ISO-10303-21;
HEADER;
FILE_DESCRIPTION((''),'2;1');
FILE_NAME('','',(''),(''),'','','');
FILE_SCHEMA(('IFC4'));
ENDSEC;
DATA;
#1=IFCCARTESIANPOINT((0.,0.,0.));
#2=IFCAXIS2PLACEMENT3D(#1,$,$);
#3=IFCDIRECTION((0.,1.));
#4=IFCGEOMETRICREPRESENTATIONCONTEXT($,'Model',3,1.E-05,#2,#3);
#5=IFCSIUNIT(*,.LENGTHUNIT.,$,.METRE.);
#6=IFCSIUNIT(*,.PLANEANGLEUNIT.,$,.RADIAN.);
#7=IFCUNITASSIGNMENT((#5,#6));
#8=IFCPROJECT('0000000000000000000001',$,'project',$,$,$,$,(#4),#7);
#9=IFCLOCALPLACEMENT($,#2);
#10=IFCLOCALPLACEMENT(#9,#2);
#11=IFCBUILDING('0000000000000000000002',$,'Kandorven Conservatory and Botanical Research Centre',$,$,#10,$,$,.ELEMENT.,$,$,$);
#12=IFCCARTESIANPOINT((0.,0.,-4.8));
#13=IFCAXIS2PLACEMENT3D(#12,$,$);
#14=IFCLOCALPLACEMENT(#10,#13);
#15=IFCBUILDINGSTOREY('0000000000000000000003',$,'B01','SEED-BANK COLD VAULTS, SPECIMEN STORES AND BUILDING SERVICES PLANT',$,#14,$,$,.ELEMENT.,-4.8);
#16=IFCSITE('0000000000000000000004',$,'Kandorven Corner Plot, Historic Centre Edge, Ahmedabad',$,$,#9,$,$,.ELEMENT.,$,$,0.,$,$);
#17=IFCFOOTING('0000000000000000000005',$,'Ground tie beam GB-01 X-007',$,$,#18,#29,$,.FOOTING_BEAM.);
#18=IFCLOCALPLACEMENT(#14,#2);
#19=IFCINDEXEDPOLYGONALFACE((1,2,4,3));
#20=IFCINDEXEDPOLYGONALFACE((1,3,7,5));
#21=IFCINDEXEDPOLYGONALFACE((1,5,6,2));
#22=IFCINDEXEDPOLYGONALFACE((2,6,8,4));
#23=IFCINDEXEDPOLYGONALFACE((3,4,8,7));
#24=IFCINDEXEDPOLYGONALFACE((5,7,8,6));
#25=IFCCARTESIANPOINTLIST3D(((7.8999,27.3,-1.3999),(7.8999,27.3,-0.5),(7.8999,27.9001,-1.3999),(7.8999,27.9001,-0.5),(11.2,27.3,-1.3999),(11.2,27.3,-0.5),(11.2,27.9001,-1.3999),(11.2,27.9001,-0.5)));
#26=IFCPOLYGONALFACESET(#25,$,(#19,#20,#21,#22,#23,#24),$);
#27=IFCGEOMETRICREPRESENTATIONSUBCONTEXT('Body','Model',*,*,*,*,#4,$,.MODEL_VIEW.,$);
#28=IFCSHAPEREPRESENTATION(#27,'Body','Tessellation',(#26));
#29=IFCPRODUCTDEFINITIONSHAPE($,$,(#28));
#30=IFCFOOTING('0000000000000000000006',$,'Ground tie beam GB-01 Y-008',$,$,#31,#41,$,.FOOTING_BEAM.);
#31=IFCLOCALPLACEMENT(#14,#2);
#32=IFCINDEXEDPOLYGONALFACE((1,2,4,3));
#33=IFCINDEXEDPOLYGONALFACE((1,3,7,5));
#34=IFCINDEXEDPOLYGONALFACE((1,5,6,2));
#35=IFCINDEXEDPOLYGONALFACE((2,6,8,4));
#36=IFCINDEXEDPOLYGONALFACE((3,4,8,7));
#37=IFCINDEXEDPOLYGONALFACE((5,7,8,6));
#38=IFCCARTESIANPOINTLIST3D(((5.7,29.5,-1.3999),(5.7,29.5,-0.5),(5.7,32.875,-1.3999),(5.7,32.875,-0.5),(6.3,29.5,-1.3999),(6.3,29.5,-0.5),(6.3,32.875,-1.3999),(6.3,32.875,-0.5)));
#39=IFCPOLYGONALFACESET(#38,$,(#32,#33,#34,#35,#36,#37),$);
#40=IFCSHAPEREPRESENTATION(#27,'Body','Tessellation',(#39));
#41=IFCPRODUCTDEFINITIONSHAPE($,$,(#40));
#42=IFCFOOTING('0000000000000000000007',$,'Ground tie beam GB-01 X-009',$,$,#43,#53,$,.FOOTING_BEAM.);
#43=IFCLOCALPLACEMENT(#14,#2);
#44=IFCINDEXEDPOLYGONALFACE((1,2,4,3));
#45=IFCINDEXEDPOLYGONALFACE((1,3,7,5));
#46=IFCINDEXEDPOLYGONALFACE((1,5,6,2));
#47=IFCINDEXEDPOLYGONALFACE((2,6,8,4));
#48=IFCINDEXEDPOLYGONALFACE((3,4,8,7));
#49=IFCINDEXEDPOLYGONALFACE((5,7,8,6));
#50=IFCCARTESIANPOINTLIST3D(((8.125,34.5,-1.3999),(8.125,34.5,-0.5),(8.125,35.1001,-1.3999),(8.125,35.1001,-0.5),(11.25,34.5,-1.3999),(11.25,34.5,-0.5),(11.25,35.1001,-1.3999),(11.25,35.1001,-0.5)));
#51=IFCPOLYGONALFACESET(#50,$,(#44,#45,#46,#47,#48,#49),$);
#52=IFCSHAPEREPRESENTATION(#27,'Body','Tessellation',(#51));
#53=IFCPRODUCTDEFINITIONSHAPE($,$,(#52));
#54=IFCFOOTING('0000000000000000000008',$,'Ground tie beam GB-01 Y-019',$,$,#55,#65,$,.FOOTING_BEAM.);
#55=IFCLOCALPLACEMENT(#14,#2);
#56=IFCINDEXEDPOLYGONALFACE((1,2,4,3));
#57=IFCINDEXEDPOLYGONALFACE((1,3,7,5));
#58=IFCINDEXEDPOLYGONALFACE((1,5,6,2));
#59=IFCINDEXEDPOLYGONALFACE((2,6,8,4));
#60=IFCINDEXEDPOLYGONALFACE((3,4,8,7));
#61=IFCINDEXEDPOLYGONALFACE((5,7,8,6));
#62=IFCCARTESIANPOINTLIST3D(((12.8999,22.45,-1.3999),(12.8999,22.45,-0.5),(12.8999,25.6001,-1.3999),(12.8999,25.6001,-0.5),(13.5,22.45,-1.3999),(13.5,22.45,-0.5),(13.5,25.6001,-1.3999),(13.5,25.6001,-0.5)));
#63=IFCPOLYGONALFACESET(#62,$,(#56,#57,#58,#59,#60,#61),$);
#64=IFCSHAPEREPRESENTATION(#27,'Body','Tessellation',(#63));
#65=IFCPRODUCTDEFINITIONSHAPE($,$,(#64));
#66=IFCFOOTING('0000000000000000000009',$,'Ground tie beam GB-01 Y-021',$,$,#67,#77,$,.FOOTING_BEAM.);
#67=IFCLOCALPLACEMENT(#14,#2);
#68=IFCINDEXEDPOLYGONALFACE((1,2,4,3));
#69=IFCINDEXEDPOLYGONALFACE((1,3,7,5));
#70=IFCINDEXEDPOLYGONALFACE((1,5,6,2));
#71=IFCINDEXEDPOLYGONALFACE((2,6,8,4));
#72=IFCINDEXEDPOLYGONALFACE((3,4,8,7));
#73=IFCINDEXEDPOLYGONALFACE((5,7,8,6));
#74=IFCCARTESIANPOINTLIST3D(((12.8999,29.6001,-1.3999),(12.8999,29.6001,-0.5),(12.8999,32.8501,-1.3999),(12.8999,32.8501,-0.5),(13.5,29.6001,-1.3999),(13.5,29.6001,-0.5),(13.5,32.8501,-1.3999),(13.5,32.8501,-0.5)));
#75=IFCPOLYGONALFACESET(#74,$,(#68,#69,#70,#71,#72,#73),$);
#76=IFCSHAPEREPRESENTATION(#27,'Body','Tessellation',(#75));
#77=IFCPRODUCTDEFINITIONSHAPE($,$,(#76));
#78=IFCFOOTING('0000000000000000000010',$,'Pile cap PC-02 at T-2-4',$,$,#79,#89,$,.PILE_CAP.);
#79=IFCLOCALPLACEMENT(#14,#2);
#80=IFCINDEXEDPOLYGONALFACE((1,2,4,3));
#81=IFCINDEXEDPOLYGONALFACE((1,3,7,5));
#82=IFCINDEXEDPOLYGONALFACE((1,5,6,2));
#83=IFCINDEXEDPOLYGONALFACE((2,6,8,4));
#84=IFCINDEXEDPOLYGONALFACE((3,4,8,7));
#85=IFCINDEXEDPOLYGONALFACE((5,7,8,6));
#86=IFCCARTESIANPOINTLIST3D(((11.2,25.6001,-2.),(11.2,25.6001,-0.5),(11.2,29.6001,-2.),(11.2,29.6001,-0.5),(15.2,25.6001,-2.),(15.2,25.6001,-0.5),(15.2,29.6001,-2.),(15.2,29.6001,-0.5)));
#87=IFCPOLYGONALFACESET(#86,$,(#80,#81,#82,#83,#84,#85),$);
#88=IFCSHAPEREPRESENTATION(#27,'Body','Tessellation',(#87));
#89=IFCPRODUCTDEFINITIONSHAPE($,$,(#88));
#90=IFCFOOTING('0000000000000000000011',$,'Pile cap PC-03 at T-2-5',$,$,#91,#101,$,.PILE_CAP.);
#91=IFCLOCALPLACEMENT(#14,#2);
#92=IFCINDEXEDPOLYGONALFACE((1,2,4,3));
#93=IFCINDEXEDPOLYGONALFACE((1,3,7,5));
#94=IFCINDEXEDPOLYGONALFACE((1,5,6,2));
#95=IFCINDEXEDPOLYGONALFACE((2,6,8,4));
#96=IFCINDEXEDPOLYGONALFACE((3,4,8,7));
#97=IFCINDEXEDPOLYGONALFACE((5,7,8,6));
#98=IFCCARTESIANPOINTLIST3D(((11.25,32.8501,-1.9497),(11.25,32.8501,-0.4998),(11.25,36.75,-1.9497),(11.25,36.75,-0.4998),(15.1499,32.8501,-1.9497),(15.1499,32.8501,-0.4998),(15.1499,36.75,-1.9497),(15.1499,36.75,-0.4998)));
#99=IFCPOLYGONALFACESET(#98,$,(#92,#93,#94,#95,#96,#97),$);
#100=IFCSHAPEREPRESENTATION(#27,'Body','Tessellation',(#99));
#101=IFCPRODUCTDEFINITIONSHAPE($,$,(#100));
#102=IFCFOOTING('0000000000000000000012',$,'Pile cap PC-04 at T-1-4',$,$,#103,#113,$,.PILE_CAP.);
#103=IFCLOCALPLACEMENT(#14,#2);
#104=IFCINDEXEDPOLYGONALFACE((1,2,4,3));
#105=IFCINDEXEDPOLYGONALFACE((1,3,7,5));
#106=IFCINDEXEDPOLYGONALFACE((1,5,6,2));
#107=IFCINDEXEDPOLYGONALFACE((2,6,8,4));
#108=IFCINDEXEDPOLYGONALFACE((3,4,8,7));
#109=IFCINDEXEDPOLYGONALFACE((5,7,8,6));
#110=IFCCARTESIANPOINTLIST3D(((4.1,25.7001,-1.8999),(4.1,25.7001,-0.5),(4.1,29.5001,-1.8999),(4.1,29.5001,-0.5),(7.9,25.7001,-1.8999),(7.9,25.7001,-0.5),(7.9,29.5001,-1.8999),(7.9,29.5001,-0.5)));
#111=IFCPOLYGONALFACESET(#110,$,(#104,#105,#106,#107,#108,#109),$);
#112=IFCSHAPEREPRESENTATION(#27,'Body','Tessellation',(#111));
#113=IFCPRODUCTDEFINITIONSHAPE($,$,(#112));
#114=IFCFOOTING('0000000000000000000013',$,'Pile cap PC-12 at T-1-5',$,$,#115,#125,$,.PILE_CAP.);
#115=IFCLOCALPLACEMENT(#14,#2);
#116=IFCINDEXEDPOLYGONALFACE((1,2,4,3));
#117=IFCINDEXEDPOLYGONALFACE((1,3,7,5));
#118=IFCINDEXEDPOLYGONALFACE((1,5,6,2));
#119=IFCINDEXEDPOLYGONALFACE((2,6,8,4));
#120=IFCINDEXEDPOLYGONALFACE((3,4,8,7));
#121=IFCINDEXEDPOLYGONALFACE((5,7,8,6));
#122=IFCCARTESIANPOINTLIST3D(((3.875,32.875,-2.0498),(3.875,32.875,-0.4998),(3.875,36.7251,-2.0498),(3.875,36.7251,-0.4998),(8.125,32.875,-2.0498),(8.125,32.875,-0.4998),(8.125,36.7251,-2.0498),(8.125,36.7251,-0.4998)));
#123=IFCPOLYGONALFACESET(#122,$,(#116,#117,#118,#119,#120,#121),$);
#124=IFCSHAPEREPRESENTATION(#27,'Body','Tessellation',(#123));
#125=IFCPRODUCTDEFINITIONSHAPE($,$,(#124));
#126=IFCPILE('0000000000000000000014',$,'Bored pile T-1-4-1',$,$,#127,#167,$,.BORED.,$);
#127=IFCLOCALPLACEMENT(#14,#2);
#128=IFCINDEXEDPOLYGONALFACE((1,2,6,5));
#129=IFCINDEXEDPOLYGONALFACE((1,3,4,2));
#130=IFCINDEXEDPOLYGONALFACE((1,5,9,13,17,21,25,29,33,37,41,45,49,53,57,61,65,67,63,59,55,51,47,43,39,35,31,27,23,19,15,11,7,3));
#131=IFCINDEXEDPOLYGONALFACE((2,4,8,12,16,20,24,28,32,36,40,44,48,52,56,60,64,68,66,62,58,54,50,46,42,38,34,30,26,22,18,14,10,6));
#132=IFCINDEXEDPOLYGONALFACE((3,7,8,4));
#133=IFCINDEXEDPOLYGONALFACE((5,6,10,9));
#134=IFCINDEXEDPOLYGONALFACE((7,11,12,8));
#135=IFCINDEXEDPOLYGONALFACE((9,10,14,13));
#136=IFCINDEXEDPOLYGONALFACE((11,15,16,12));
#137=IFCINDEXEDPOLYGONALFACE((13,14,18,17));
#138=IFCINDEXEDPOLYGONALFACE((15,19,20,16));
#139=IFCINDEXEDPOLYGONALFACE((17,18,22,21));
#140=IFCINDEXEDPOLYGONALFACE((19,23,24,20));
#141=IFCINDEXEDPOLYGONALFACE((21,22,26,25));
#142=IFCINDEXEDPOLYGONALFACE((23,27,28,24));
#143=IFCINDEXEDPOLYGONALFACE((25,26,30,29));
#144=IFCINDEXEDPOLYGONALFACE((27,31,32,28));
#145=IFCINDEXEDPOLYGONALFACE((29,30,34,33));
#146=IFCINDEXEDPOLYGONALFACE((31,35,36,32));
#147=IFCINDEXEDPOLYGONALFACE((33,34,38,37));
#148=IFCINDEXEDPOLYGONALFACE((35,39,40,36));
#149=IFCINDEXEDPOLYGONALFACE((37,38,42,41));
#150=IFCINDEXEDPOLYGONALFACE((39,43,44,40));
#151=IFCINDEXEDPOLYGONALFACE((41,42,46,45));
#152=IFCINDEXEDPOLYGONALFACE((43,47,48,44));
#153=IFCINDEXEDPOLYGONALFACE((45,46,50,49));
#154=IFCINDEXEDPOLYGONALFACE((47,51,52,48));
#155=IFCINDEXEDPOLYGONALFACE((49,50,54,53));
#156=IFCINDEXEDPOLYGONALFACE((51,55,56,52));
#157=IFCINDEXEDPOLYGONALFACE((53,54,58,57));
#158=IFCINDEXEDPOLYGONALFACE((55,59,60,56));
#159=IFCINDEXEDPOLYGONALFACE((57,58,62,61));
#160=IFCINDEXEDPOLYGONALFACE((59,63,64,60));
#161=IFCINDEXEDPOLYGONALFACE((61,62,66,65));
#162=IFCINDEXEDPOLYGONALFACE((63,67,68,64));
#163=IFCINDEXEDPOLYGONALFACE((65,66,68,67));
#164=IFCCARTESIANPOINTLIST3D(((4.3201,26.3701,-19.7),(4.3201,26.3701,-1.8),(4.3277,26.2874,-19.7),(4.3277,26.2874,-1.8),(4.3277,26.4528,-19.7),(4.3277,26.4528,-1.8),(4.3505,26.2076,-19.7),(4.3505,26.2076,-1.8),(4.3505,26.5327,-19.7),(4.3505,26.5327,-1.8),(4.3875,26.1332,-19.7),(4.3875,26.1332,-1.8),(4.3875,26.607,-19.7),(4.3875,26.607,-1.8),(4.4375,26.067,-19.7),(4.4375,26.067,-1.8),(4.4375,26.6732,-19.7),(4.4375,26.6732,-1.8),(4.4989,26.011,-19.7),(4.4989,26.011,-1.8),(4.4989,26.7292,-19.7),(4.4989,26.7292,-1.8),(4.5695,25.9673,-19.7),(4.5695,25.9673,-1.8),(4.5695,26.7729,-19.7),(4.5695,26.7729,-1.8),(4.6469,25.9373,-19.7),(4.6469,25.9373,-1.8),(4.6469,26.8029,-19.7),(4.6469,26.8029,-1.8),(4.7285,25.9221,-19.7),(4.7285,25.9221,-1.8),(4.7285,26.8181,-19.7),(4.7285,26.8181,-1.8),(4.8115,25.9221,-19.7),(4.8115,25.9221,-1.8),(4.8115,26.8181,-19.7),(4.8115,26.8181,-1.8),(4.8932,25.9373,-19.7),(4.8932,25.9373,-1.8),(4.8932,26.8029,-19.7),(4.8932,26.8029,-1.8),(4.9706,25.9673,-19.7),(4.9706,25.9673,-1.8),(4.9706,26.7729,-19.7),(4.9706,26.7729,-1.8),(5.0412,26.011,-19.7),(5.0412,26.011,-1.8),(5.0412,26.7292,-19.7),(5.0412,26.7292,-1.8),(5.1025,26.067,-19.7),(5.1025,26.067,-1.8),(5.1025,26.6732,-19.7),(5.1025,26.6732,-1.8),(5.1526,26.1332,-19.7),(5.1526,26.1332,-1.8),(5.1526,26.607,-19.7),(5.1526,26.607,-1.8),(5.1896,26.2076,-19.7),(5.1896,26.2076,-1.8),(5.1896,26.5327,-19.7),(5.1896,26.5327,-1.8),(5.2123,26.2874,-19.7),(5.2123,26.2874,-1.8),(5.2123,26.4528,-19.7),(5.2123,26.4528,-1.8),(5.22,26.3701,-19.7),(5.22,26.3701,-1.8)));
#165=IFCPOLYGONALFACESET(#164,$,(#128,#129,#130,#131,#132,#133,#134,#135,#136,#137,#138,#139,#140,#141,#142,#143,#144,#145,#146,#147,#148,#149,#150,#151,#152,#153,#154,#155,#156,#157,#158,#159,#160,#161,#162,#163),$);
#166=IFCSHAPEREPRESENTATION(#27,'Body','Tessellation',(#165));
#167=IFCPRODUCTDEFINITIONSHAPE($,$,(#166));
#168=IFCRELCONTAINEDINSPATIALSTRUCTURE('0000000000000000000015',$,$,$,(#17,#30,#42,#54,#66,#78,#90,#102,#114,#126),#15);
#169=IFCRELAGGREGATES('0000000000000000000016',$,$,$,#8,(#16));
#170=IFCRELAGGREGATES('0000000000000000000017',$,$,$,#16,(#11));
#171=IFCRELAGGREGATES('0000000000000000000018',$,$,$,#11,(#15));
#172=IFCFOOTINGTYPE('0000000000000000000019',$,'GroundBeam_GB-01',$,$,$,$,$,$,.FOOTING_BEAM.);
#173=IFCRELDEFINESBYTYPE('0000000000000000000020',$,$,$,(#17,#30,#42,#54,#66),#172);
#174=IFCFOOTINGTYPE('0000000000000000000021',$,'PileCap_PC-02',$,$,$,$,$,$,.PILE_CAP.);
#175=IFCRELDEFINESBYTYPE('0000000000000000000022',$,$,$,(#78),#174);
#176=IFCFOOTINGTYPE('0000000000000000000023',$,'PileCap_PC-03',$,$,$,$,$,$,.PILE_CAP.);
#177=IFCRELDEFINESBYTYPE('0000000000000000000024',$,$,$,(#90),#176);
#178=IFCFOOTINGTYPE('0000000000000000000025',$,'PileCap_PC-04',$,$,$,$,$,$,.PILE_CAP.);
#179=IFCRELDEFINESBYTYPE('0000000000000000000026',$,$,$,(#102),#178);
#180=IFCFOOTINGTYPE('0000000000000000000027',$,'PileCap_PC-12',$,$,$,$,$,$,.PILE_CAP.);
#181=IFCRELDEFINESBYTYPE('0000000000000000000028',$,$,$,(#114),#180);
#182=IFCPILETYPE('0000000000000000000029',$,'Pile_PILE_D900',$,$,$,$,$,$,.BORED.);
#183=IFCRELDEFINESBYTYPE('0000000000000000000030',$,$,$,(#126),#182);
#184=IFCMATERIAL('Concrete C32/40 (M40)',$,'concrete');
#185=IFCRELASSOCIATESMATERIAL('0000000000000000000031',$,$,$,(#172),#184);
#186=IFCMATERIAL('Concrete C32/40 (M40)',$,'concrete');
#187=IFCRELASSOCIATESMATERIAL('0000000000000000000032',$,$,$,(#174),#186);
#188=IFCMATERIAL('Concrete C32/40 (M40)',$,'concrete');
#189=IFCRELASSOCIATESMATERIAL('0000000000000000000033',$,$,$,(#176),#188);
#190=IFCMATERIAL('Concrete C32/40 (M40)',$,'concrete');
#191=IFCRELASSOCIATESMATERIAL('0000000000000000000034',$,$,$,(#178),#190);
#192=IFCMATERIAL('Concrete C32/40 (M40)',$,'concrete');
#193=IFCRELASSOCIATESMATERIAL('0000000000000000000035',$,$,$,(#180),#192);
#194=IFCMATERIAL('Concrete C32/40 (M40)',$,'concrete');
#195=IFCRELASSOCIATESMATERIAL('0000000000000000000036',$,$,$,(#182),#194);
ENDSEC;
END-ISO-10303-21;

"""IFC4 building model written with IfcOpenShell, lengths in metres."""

from ifc_helpers import new_model, si_unit, direction, frame, origin, origin_2d, place, context, subcontext, project, spatial, rectangle, circle, extrude, material, material_profile, profile_set, type_object, element, save


model = new_model("IFC4")

# Units and contexts
model_context = context("Model", 3, precision=1e-05, world=origin(), true_north=direction((0.0, 1.0)))
body_context = subcontext(model_context, "Body", "Model", "MODEL_VIEW")
ifc_project = project(units=[si_unit("LENGTHUNIT", "METRE"), si_unit("PLANEANGLEUNIT", "RADIAN")], contexts=[model_context])

# Site, building, storey
site_placement = place(None, origin())
site = spatial("IfcSite", under=ifc_project, at=site_placement, Name="Kandorven Corner Plot, Historic Centre Edge, Ahmedabad", CompositionType="ELEMENT", RefElevation=0.0)
building_placement = place(site_placement, origin())
building = spatial("IfcBuilding", under=site, at=building_placement, Name="Kandorven Conservatory and Botanical Research Centre", CompositionType="ELEMENT")
storey_placement = place(building_placement, frame((0.0, 0.0, -4.8)))
storey = spatial("IfcBuildingStorey", under=building, at=storey_placement, Name="B01", Description="SEED-BANK COLD VAULTS, SPECIMEN STORES AND BUILDING SERVICES PLANT", CompositionType="ELEMENT", Elevation=-4.8)

# Footings
ifc_material_1 = material(Name="Concrete C32/40 (M40)", Category="concrete")
ifc_material_profile_1 = material_profile(ifc_material_1, rectangle(XDim=0.6001, YDim=0.8999, at=origin_2d()))
ifc_profile_set_1 = profile_set([ifc_material_profile_1], Name="Concrete C32/40 (M40)")
footing_type_1 = type_object("IfcFootingType", Name="GroundBeam_GB-01", PredefinedType="FOOTING_BEAM", material=ifc_profile_set_1)
footing_1_placement = place(storey_placement, frame((7.8999, 27.6001, -0.95), z_axis=(1.0, 0.0, 0.0), x_axis=(0.0, 1.0, 0.0)))
element("IfcFooting", 1, at=footing_1_placement, inside=storey, type_object=footing_type_1, Name="Ground tie beam GB-01 X-007", PredefinedType="FOOTING_BEAM", context=body_context, shape_type="SweptSolid", body=[
    extrude(rectangle(XDim=0.6001, YDim=0.8999, at=origin_2d()), origin(), (0.0, 0.0, 1.0), 3.3),
])
footing_2_placement = place(storey_placement, frame((6.0, 29.5, -0.95), z_axis=(0.0, 1.0, 0.0), x_axis=(-1.0, 0.0, 0.0)))
element("IfcFooting", 2, at=footing_2_placement, inside=storey, type_object=footing_type_1, Name="Ground tie beam GB-01 Y-008", PredefinedType="FOOTING_BEAM", context=body_context, shape_type="SweptSolid", body=[
    extrude(rectangle(XDim=0.6001, YDim=0.8999, at=origin_2d()), origin(), (0.0, 0.0, 1.0), 3.375),
])
footing_3_placement = place(storey_placement, frame((8.125, 34.8, -0.95), z_axis=(1.0, 0.0, 0.0), x_axis=(0.0, 1.0, 0.0)))
element("IfcFooting", 3, at=footing_3_placement, inside=storey, type_object=footing_type_1, Name="Ground tie beam GB-01 X-009", PredefinedType="FOOTING_BEAM", context=body_context, shape_type="SweptSolid", body=[
    extrude(rectangle(XDim=0.6001, YDim=0.8999, at=origin_2d()), origin(), (0.0, 0.0, 1.0), 3.125),
])
footing_4_placement = place(storey_placement, frame((13.2, 22.45, -0.95), z_axis=(0.0, 1.0, 0.0), x_axis=(-1.0, 0.0, 0.0)))
element("IfcFooting", 4, at=footing_4_placement, inside=storey, type_object=footing_type_1, Name="Ground tie beam GB-01 Y-019", PredefinedType="FOOTING_BEAM", context=body_context, shape_type="SweptSolid", body=[
    extrude(rectangle(XDim=0.6001, YDim=0.8999, at=origin_2d()), origin(), (0.0, 0.0, 1.0), 3.1501),
])
footing_5_placement = place(storey_placement, frame((13.2, 29.6001, -0.95), z_axis=(0.0, 1.0, 0.0), x_axis=(-1.0, 0.0, 0.0)))
element("IfcFooting", 5, at=footing_5_placement, inside=storey, type_object=footing_type_1, Name="Ground tie beam GB-01 Y-021", PredefinedType="FOOTING_BEAM", context=body_context, shape_type="SweptSolid", body=[
    extrude(rectangle(XDim=0.6001, YDim=0.8999, at=origin_2d()), origin(), (0.0, 0.0, 1.0), 3.25),
])
ifc_material_2 = material(Name="Concrete C32/40 (M40)", Category="concrete")
footing_type_2 = type_object("IfcFootingType", Name="PileCap_PC-02", PredefinedType="PILE_CAP", material=ifc_material_2)
footing_6_placement = place(storey_placement, frame((13.2, 27.6001, -2.0), z_axis=(0.0, 0.0, 1.0), x_axis=(1.0, 0.0, 0.0)))
element("IfcFooting", 6, at=footing_6_placement, inside=storey, type_object=footing_type_2, Name="Pile cap PC-02 at T-2-4", PredefinedType="PILE_CAP", context=body_context, shape_type="SweptSolid", body=[
    extrude(rectangle(XDim=4.0, YDim=4.0, at=origin_2d()), origin(), (0.0, 0.0, 1.0), 1.5),
])
ifc_material_3 = material(Name="Concrete C32/40 (M40)", Category="concrete")
footing_type_3 = type_object("IfcFootingType", Name="PileCap_PC-03", PredefinedType="PILE_CAP", material=ifc_material_3)
footing_7_placement = place(storey_placement, frame((13.2, 34.8, -1.9497), z_axis=(0.0, 0.0, 1.0), x_axis=(1.0, 0.0, 0.0)))
element("IfcFooting", 7, at=footing_7_placement, inside=storey, type_object=footing_type_3, Name="Pile cap PC-03 at T-2-5", PredefinedType="PILE_CAP", context=body_context, shape_type="SweptSolid", body=[
    extrude(rectangle(XDim=3.8999, YDim=3.8999, at=origin_2d()), origin(), (0.0, 0.0, 1.0), 1.45),
])
ifc_material_4 = material(Name="Concrete C32/40 (M40)", Category="concrete")
footing_type_4 = type_object("IfcFootingType", Name="PileCap_PC-04", PredefinedType="PILE_CAP", material=ifc_material_4)
footing_8_placement = place(storey_placement, frame((6.0, 27.6001, -1.8999), z_axis=(0.0, 0.0, 1.0), x_axis=(1.0, 0.0, 0.0)))
element("IfcFooting", 8, at=footing_8_placement, inside=storey, type_object=footing_type_4, Name="Pile cap PC-04 at T-1-4", PredefinedType="PILE_CAP", context=body_context, shape_type="SweptSolid", body=[
    extrude(rectangle(XDim=3.8, YDim=3.8, at=origin_2d()), origin(), (0.0, 0.0, 1.0), 1.3999),
])
ifc_material_5 = material(Name="Concrete C32/40 (M40)", Category="concrete")
footing_type_5 = type_object("IfcFootingType", Name="PileCap_PC-12", PredefinedType="PILE_CAP", material=ifc_material_5)
footing_9_placement = place(storey_placement, frame((6.0, 34.8, -2.0498), z_axis=(0.0, 0.0, 1.0), x_axis=(1.0, 0.0, 0.0)))
element("IfcFooting", 9, at=footing_9_placement, inside=storey, type_object=footing_type_5, Name="Pile cap PC-12 at T-1-5", PredefinedType="PILE_CAP", context=body_context, shape_type="SweptSolid", body=[
    extrude(rectangle(XDim=4.25, YDim=3.8501, at=origin_2d()), origin(), (0.0, 0.0, 1.0), 1.55),
])

# Pile
ifc_material_6 = material(Name="Concrete C32/40 (M40)", Category="concrete")
ifc_material_profile_2 = material_profile(ifc_material_6, circle(Radius=0.45, at=origin_2d()))
ifc_profile_set_2 = profile_set([ifc_material_profile_2], Name="Concrete C32/40 (M40)")
pile_type = type_object("IfcPileType", Name="Pile_PILE_D900", PredefinedType="BORED", material=ifc_profile_set_2)
for number, where, z_axis, x_axis, name in (
    (10, (4.77, 26.3701, -1.8), (0.0, 0.0, -1.0), (1.0, 0.0, 0.0), "Bored pile T-1-4-1"),
):
    element("IfcPile", number, at=place(storey_placement, frame(where, z_axis=z_axis, x_axis=x_axis)), inside=storey, type_object=pile_type, Name=name, PredefinedType="BORED", context=body_context, shape_type="SweptSolid", body=[
        extrude(circle(Radius=0.45, at=origin_2d()), origin(), (0.0, 0.0, 1.0), 17.8999),
    ])

save(model, "model.ifc")
